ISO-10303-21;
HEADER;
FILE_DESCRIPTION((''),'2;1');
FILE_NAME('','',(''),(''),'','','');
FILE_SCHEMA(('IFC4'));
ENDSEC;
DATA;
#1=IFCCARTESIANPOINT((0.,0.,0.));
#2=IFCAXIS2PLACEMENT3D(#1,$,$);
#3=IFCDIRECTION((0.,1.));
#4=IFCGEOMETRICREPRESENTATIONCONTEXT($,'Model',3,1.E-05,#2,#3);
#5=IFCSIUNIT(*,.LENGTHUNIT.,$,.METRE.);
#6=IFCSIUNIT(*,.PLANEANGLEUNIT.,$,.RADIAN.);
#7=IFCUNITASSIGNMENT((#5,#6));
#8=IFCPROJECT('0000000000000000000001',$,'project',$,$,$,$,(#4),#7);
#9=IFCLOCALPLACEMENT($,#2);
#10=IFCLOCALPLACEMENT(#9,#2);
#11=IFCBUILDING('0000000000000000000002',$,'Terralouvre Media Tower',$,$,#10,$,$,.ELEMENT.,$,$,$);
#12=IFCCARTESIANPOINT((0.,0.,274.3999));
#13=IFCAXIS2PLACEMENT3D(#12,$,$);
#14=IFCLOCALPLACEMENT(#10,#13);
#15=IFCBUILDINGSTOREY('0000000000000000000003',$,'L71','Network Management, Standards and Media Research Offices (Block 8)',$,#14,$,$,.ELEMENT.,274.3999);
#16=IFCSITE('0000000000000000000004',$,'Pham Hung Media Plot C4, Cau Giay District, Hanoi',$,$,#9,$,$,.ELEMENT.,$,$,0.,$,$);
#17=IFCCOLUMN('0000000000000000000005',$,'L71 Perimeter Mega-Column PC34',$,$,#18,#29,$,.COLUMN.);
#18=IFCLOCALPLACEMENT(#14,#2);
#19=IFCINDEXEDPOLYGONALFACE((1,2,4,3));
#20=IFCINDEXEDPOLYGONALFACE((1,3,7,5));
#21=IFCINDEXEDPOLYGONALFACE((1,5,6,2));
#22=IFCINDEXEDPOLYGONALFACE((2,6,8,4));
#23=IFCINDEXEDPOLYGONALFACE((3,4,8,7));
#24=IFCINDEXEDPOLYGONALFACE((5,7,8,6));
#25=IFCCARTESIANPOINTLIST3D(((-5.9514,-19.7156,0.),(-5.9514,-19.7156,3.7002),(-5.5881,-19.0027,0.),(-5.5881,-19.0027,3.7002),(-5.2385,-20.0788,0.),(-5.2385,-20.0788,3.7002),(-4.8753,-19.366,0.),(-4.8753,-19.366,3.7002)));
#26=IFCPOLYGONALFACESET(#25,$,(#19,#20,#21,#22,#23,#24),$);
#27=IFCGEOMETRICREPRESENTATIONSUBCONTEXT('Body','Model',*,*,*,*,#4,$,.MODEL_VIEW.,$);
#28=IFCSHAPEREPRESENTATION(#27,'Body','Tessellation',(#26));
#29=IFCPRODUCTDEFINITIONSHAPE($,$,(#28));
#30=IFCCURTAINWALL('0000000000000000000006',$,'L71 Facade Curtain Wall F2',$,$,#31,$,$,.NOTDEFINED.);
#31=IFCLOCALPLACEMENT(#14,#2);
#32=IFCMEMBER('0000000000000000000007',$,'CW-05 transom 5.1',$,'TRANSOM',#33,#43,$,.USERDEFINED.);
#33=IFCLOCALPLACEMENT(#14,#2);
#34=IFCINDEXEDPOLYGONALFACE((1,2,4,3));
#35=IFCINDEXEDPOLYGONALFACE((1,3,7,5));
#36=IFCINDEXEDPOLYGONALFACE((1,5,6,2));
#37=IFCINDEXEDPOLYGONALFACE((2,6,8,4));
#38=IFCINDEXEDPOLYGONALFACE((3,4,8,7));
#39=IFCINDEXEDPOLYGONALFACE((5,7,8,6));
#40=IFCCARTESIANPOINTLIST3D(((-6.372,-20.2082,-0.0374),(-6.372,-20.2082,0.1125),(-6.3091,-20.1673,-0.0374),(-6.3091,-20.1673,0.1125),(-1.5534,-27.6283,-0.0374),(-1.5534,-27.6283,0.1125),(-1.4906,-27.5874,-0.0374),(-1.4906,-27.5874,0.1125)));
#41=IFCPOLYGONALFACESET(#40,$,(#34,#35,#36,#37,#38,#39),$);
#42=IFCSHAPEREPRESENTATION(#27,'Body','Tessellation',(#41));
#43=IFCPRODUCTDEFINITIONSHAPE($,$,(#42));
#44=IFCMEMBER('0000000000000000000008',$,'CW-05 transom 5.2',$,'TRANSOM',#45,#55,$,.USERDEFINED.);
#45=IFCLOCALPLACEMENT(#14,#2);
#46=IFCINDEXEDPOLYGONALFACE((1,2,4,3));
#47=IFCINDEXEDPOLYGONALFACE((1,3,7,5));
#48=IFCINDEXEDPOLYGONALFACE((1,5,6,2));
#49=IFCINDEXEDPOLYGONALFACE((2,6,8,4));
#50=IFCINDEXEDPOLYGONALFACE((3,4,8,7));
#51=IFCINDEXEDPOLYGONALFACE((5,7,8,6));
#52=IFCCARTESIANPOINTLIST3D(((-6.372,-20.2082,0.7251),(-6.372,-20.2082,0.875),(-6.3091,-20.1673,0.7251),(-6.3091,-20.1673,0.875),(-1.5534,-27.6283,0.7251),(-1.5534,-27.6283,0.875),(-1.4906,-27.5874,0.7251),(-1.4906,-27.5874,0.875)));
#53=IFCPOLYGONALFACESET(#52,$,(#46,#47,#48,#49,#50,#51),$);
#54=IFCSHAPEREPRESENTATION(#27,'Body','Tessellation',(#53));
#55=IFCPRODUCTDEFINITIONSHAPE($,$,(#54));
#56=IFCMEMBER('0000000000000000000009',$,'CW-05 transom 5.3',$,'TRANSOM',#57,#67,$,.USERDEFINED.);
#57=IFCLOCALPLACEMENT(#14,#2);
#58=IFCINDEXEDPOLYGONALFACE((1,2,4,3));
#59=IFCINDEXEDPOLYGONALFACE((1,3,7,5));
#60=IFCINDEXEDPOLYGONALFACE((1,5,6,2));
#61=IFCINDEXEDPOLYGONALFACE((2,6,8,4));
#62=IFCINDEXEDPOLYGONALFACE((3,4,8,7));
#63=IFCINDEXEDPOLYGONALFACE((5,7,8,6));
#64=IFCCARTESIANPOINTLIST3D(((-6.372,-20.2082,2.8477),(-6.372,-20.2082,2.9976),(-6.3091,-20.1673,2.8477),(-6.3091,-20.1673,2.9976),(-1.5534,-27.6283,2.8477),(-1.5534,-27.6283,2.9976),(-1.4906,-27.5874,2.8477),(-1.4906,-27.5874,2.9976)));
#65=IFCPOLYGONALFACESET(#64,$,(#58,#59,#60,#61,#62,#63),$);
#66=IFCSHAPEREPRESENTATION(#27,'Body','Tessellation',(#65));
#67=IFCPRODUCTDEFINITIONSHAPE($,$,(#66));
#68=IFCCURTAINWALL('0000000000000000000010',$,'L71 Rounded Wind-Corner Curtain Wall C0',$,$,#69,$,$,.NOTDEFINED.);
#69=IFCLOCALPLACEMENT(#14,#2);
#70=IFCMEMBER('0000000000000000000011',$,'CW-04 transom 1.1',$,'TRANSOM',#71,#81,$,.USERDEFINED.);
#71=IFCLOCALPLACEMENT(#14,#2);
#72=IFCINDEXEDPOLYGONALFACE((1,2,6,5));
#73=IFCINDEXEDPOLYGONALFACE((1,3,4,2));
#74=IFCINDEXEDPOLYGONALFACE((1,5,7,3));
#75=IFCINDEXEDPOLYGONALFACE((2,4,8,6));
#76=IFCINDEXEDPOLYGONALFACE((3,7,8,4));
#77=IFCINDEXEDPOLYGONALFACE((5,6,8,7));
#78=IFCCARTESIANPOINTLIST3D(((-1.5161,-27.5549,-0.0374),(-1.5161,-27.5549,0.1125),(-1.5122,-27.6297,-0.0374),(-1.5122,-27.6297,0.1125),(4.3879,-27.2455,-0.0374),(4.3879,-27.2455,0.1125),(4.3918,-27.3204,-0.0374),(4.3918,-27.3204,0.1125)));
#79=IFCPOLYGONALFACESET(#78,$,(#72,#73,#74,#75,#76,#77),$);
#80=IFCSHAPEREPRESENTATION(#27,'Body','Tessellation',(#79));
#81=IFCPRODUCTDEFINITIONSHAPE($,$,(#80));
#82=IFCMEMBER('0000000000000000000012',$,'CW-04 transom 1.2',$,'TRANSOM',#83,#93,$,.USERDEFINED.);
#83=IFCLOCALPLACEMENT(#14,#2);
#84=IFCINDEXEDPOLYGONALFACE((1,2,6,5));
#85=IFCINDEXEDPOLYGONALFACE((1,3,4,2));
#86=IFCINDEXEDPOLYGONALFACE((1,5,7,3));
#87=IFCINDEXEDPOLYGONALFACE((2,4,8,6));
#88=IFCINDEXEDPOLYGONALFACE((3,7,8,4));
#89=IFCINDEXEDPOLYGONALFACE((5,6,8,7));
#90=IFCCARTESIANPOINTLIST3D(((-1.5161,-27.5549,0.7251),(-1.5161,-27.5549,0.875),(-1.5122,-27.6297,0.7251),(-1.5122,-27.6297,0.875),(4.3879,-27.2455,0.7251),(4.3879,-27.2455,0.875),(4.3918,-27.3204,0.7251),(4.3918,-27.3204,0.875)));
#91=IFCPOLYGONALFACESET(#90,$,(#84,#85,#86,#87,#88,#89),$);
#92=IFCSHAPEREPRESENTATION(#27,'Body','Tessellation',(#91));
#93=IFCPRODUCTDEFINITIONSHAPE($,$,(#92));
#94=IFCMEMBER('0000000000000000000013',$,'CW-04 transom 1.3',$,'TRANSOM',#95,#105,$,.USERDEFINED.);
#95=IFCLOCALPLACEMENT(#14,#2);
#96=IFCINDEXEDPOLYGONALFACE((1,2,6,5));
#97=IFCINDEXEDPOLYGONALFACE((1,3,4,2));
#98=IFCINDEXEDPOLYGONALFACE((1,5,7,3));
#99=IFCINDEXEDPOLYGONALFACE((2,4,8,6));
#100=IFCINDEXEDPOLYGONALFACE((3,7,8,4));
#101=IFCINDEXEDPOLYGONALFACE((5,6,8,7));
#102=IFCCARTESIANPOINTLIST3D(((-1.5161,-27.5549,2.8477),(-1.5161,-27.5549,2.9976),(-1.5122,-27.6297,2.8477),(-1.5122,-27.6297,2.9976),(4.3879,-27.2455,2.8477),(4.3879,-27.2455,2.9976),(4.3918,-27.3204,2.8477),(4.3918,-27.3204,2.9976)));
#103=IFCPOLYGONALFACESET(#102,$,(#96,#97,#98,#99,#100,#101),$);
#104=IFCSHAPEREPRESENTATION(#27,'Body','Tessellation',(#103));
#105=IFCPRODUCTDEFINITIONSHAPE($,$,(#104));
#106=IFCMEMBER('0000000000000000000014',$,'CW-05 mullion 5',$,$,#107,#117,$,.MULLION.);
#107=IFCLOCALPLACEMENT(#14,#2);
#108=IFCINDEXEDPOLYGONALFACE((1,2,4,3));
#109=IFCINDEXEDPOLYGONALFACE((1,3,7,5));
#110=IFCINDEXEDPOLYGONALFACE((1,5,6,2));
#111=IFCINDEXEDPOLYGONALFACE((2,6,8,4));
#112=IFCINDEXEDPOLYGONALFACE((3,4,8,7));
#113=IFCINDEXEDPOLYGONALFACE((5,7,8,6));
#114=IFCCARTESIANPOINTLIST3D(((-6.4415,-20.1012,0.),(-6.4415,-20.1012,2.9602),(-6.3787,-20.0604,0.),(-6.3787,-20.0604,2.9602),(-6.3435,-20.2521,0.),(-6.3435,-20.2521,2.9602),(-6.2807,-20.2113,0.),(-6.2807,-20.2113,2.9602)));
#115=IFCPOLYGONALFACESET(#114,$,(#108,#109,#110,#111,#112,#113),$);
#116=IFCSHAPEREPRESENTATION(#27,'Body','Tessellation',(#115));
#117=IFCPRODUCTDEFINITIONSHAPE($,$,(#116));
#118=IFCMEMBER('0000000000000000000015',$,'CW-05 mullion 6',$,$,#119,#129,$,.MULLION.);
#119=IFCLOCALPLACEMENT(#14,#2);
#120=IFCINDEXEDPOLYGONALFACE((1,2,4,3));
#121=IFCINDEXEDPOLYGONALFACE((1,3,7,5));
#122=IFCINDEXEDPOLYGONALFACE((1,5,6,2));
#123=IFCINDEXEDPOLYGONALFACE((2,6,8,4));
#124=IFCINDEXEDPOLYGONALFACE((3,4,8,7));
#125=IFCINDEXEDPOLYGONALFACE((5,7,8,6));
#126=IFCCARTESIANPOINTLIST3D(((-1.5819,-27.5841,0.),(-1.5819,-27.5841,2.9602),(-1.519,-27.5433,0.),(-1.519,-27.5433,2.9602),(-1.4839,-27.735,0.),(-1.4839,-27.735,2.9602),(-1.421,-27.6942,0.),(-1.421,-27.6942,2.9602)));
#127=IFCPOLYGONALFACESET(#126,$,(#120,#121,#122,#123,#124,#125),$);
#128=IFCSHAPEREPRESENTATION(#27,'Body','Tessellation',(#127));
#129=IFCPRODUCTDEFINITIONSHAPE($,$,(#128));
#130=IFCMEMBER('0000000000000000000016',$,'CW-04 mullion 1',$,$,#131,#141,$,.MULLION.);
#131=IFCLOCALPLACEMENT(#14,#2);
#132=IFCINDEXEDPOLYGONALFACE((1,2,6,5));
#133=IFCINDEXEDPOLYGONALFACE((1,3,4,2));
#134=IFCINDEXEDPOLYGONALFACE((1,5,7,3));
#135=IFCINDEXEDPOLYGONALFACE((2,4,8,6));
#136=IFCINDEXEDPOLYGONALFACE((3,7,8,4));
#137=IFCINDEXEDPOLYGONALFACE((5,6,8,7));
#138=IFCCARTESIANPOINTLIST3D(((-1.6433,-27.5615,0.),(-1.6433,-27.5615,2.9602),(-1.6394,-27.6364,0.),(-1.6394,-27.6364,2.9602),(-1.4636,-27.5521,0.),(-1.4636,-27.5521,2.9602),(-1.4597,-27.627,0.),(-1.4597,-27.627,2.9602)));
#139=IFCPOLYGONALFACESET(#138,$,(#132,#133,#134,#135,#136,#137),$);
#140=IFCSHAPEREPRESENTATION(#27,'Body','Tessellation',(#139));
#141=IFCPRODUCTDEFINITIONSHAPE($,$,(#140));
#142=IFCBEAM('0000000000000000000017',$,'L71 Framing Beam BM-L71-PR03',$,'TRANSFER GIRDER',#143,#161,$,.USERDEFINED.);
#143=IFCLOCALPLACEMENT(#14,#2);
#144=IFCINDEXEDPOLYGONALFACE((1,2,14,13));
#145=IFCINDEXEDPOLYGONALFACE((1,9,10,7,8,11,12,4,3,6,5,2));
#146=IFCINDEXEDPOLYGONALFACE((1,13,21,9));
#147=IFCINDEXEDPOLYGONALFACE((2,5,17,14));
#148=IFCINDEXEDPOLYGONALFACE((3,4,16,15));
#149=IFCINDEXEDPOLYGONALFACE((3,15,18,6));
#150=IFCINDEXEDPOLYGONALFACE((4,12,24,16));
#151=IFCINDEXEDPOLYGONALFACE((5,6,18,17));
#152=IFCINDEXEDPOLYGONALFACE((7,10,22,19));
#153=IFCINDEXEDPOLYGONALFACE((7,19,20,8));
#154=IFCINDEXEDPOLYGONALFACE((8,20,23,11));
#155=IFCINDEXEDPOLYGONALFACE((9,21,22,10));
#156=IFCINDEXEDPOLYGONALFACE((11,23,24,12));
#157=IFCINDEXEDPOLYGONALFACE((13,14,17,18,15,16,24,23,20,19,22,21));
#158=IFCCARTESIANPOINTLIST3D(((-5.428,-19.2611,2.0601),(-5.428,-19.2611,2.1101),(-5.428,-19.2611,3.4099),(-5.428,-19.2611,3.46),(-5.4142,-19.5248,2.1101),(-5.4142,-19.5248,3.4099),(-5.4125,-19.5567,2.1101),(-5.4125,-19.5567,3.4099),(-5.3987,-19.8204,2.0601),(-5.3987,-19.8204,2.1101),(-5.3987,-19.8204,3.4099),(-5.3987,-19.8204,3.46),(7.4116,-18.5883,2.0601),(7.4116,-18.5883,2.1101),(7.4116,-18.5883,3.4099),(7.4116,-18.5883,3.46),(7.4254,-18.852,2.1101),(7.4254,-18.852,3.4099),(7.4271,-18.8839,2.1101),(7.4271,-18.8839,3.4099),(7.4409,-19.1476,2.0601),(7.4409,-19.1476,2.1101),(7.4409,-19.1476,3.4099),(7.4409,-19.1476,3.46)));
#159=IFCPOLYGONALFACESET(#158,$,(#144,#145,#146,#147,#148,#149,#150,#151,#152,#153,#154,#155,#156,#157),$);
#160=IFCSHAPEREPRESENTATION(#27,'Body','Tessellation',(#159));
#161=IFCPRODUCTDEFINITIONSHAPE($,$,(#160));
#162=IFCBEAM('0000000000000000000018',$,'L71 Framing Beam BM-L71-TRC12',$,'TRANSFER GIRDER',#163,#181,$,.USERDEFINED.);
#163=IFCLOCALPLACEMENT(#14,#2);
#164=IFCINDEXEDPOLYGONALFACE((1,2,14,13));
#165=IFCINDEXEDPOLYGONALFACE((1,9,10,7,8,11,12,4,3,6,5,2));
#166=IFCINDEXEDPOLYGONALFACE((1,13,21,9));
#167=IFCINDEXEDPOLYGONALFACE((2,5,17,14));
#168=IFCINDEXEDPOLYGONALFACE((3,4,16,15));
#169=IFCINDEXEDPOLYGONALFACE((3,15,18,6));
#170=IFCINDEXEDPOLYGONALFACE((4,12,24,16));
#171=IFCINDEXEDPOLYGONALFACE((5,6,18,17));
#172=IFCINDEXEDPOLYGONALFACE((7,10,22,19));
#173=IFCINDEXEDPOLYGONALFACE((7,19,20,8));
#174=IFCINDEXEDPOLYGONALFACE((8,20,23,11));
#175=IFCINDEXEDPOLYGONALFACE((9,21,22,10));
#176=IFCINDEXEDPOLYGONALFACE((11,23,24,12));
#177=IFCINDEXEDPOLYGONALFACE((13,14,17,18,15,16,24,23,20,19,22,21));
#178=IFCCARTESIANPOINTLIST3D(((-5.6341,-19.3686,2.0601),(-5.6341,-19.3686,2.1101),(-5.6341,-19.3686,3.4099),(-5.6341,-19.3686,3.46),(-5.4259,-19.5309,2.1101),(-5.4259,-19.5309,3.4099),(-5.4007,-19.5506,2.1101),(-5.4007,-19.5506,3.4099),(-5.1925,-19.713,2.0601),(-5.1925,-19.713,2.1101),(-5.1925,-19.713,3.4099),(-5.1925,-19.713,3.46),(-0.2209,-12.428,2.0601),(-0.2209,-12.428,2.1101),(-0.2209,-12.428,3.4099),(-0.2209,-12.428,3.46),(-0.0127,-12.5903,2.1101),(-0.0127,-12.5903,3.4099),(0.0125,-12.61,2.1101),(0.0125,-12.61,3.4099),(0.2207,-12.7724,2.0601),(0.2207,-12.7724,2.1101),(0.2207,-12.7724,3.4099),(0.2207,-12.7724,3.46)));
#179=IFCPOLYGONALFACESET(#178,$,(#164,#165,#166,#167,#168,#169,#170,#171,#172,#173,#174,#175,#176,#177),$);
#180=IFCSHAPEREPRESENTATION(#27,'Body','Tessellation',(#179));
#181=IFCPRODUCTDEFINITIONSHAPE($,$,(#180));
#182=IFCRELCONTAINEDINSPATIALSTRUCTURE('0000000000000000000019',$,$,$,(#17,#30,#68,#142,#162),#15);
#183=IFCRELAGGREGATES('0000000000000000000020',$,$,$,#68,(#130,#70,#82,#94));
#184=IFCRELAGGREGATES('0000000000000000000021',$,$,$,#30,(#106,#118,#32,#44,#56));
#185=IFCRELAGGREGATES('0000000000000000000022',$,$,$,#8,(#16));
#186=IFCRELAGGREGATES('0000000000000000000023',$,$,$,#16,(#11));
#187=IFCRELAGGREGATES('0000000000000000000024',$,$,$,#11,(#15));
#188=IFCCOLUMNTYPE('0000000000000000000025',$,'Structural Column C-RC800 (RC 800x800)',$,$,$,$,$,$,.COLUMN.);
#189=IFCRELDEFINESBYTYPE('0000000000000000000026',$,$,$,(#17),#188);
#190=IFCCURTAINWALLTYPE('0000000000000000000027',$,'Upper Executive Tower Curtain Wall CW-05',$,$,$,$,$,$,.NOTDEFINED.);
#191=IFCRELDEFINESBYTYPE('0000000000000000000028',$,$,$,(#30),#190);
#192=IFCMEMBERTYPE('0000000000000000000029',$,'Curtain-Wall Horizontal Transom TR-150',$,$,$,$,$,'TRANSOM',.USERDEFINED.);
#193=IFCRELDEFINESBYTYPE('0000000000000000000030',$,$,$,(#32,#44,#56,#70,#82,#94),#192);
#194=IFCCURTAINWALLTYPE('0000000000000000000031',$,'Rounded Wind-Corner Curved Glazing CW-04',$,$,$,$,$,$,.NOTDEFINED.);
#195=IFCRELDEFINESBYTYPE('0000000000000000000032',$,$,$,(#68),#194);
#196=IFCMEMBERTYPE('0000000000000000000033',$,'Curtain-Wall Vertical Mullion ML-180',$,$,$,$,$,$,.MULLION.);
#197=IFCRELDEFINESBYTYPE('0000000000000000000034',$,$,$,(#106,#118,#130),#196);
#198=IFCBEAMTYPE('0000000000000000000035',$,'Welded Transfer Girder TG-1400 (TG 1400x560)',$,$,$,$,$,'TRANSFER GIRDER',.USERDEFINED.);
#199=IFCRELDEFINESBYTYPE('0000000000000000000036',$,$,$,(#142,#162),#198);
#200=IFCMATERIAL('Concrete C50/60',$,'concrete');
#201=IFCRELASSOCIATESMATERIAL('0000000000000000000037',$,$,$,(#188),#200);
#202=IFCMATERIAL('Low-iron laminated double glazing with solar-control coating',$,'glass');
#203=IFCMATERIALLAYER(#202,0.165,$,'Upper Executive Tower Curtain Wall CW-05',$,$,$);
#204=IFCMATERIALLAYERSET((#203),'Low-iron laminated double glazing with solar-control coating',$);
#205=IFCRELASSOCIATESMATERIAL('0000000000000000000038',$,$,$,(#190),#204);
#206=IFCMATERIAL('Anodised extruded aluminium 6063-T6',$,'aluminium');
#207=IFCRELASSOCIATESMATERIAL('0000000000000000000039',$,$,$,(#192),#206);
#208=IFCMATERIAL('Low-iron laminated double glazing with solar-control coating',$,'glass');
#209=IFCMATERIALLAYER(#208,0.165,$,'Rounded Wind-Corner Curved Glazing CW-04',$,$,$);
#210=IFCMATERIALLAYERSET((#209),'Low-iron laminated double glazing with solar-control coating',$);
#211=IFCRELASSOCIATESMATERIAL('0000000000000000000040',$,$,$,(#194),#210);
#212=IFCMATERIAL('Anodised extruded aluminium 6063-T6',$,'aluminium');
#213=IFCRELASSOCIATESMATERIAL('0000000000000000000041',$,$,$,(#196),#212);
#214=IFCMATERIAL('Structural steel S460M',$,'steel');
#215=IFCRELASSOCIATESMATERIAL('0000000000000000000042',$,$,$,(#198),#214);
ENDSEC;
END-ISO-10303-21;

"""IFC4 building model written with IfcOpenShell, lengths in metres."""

from ifc_helpers import new_model, si_unit, direction, frame, origin, origin_2d, place, context, subcontext, project, spatial, rectangle, i_section, extrude, material, layer, layer_set, material_profile, profile_set, type_object, element, aggregate, save


model = new_model("IFC4")

# Units and contexts
model_context = context("Model", 3, precision=1e-05, world=origin(), true_north=direction((0.0, 1.0)))
body_context = subcontext(model_context, "Body", "Model", "MODEL_VIEW")
ifc_project = project(units=[si_unit("LENGTHUNIT", "METRE"), si_unit("PLANEANGLEUNIT", "RADIAN")], contexts=[model_context])

# Site, building, storey
site_placement = place(None, origin())
site = spatial("IfcSite", under=ifc_project, at=site_placement, Name="Pham Hung Media Plot C4, Cau Giay District, Hanoi", CompositionType="ELEMENT", RefElevation=0.0)
building_placement = place(site_placement, origin())
building = spatial("IfcBuilding", under=site, at=building_placement, Name="Terralouvre Media Tower", CompositionType="ELEMENT")
storey_placement = place(building_placement, frame((0.0, 0.0, 274.3999)))
storey = spatial("IfcBuildingStorey", under=building, at=storey_placement, Name="L71", Description="Network Management, Standards and Media Research Offices (Block 8)", CompositionType="ELEMENT", Elevation=274.3999)

# Column
ifc_material_1 = material(Name="Concrete C50/60", Category="concrete")
ifc_material_profile_1 = material_profile(ifc_material_1, rectangle(XDim=0.8, YDim=0.8, at=origin_2d()), Name="RC 800x800")
ifc_profile_set_1 = profile_set([ifc_material_profile_1], Name="Concrete C50/60")
column_type = type_object("IfcColumnType", Name="Structural Column C-RC800 (RC 800x800)", PredefinedType="COLUMN", material=ifc_profile_set_1)
column_placement = place(storey_placement, frame((-5.4133, -19.5408, 0.0), z_axis=(0.0, 0.0, 1.0), x_axis=(0.45399, 0.891007, 0.0)))
element("IfcColumn", 1, at=column_placement, inside=storey, type_object=column_type, Name="L71 Perimeter Mega-Column PC34", PredefinedType="COLUMN", context=body_context, shape_type="SweptSolid", body=[
    extrude(rectangle(XDim=0.8, YDim=0.8, at=origin_2d()), origin(), (0.0, 0.0, 1.0), 3.7002),
])

# Curtain walls, members
ifc_material_2 = material(Name="Low-iron laminated double glazing with solar-control coating", Category="glass")
ifc_layer_1 = layer(ifc_material_2, 0.165, Name="Upper Executive Tower Curtain Wall CW-05")
ifc_layer_set_1 = layer_set([ifc_layer_1], Name="Low-iron laminated double glazing with solar-control coating")
curtain_wall_type_1 = type_object("IfcCurtainWallType", Name="Upper Executive Tower Curtain Wall CW-05", PredefinedType="NOTDEFINED", material=ifc_layer_set_1)
curtain_wall_1_placement = place(storey_placement, origin())
curtain_wall_1 = element("IfcCurtainWall", 2, at=curtain_wall_1_placement, inside=storey, type_object=curtain_wall_type_1, Name="L71 Facade Curtain Wall F2", PredefinedType="NOTDEFINED")
ifc_material_3 = material(Name="Anodised extruded aluminium 6063-T6", Category="aluminium")
ifc_material_profile_2 = material_profile(ifc_material_3, rectangle(XDim=0.075, YDim=0.1499, at=origin_2d()), Name="ALU 75x150")
ifc_profile_set_2 = profile_set([ifc_material_profile_2], Name="Anodised extruded aluminium 6063-T6")
member_type_1 = type_object("IfcMemberType", Name="Curtain-Wall Horizontal Transom TR-150", ElementType="TRANSOM", PredefinedType="USERDEFINED", material=ifc_profile_set_2)
member_1_placement = place(storey_placement, frame((-6.3406, -20.1877, 0.0376), z_axis=(0.54463, -0.838676, 0.0), x_axis=(0.838676, 0.54463, 0.0)))
member_1 = element("IfcMember", 3, at=member_1_placement, type_object=member_type_1, Name="CW-05 transom 5.1", ObjectType="TRANSOM", PredefinedType="USERDEFINED", context=body_context, shape_type="SweptSolid", body=[
    extrude(rectangle(XDim=0.075, YDim=0.1499, at=origin_2d()), origin(), (0.0, 0.0, 1.0), 8.8474),
])
member_2_placement = place(storey_placement, frame((-6.3406, -20.1877, 0.8), z_axis=(0.54463, -0.838676, 0.0), x_axis=(0.838676, 0.54463, 0.0)))
member_2 = element("IfcMember", 4, at=member_2_placement, type_object=member_type_1, Name="CW-05 transom 5.2", ObjectType="TRANSOM", PredefinedType="USERDEFINED", context=body_context, shape_type="SweptSolid", body=[
    extrude(rectangle(XDim=0.075, YDim=0.1499, at=origin_2d()), origin(), (0.0, 0.0, 1.0), 8.8474),
])
member_3_placement = place(storey_placement, frame((-6.3406, -20.1877, 2.9226), z_axis=(0.54463, -0.838676, 0.0), x_axis=(0.838676, 0.54463, 0.0)))
member_3 = element("IfcMember", 5, at=member_3_placement, type_object=member_type_1, Name="CW-05 transom 5.3", ObjectType="TRANSOM", PredefinedType="USERDEFINED", context=body_context, shape_type="SweptSolid", body=[
    extrude(rectangle(XDim=0.075, YDim=0.1499, at=origin_2d()), origin(), (0.0, 0.0, 1.0), 8.8474),
])
ifc_material_4 = material(Name="Low-iron laminated double glazing with solar-control coating", Category="glass")
ifc_layer_2 = layer(ifc_material_4, 0.165, Name="Rounded Wind-Corner Curved Glazing CW-04")
ifc_layer_set_2 = layer_set([ifc_layer_2], Name="Low-iron laminated double glazing with solar-control coating")
curtain_wall_type_2 = type_object("IfcCurtainWallType", Name="Rounded Wind-Corner Curved Glazing CW-04", PredefinedType="NOTDEFINED", material=ifc_layer_set_2)
curtain_wall_2_placement = place(storey_placement, origin())
curtain_wall_2 = element("IfcCurtainWall", 6, at=curtain_wall_2_placement, inside=storey, type_object=curtain_wall_type_2, Name="L71 Rounded Wind-Corner Curtain Wall C0", PredefinedType="NOTDEFINED")
member_4_placement = place(storey_placement, frame((-1.5142, -27.5923, 0.0376), z_axis=(0.99863, 0.05232, 0.0), x_axis=(-0.05232, 0.99863, 0.0)))
member_4 = element("IfcMember", 7, at=member_4_placement, type_object=member_type_1, Name="CW-04 transom 1.1", ObjectType="TRANSOM", PredefinedType="USERDEFINED", context=body_context, shape_type="SweptSolid", body=[
    extrude(rectangle(XDim=0.075, YDim=0.1499, at=origin_2d()), origin(), (0.0, 0.0, 1.0), 5.9121),
])
member_5_placement = place(storey_placement, frame((-1.5142, -27.5923, 0.8), z_axis=(0.99863, 0.05232, 0.0), x_axis=(-0.05232, 0.99863, 0.0)))
member_5 = element("IfcMember", 8, at=member_5_placement, type_object=member_type_1, Name="CW-04 transom 1.2", ObjectType="TRANSOM", PredefinedType="USERDEFINED", context=body_context, shape_type="SweptSolid", body=[
    extrude(rectangle(XDim=0.075, YDim=0.1499, at=origin_2d()), origin(), (0.0, 0.0, 1.0), 5.9121),
])
member_6_placement = place(storey_placement, frame((-1.5142, -27.5923, 2.9226), z_axis=(0.99863, 0.05232, 0.0), x_axis=(-0.05232, 0.99863, 0.0)))
member_6 = element("IfcMember", 9, at=member_6_placement, type_object=member_type_1, Name="CW-04 transom 1.3", ObjectType="TRANSOM", PredefinedType="USERDEFINED", context=body_context, shape_type="SweptSolid", body=[
    extrude(rectangle(XDim=0.075, YDim=0.1499, at=origin_2d()), origin(), (0.0, 0.0, 1.0), 5.9121),
])

# Members
ifc_material_5 = material(Name="Anodised extruded aluminium 6063-T6", Category="aluminium")
ifc_material_profile_3 = material_profile(ifc_material_5, rectangle(XDim=0.075, YDim=0.1799, at=origin_2d()), Name="ALU 75x180")
ifc_profile_set_3 = profile_set([ifc_material_profile_3], Name="Anodised extruded aluminium 6063-T6")
member_type_2 = type_object("IfcMemberType", Name="Curtain-Wall Vertical Mullion ML-180", PredefinedType="MULLION", material=ifc_profile_set_3)
member_7_placement = place(storey_placement, frame((-6.3611, -20.1562, 0.0), z_axis=(0.0, 0.0, 1.0), x_axis=(0.838671, 0.544639, 0.0)))
member_7 = element("IfcMember", 10, at=member_7_placement, type_object=member_type_2, Name="CW-05 mullion 5", PredefinedType="MULLION", context=body_context, shape_type="SweptSolid", body=[
    extrude(rectangle(XDim=0.075, YDim=0.1799, at=origin_2d()), origin(), (0.0, 0.0, 1.0), 2.9602),
])
member_8_placement = place(storey_placement, frame((-1.5015, -27.6392, 0.0), z_axis=(0.0, 0.0, 1.0), x_axis=(0.838671, 0.544639, 0.0)))
member_8 = element("IfcMember", 11, at=member_8_placement, type_object=member_type_2, Name="CW-05 mullion 6", PredefinedType="MULLION", context=body_context, shape_type="SweptSolid", body=[
    extrude(rectangle(XDim=0.075, YDim=0.1799, at=origin_2d()), origin(), (0.0, 0.0, 1.0), 2.9602),
])
member_9_placement = place(storey_placement, frame((-1.5515, -27.5942, 0.0), z_axis=(0.0, 0.0, 1.0), x_axis=(-0.052336, 0.99863, 0.0)))
member_9 = element("IfcMember", 12, at=member_9_placement, type_object=member_type_2, Name="CW-04 mullion 1", PredefinedType="MULLION", context=body_context, shape_type="SweptSolid", body=[
    extrude(rectangle(XDim=0.075, YDim=0.1799, at=origin_2d()), origin(), (0.0, 0.0, 1.0), 2.9602),
])
aggregate(curtain_wall_2, [member_9, member_4, member_5, member_6])

# Beams
ifc_material_6 = material(Name="Structural steel S460M", Category="steel")
ifc_material_profile_4 = material_profile(ifc_material_6, i_section(OverallWidth=0.5601, OverallDepth=1.3999, WebThickness=0.032, FlangeThickness=0.05, at=origin_2d()), Name="TG 1400x560")
ifc_profile_set_4 = profile_set([ifc_material_profile_4], Name="Structural steel S460M")
beam_type = type_object("IfcBeamType", Name="Welded Transfer Girder TG-1400 (TG 1400x560)", ElementType="TRANSFER GIRDER", PredefinedType="USERDEFINED", material=ifc_profile_set_4)
beam_1_placement = place(storey_placement, frame((-5.4133, -19.5408, 2.76), z_axis=(0.99863, 0.052333, 0.0), x_axis=(-0.052333, 0.99863, 0.0)))
element("IfcBeam", 13, at=beam_1_placement, inside=storey, type_object=beam_type, Name="L71 Framing Beam BM-L71-PR03", ObjectType="TRANSFER GIRDER", PredefinedType="USERDEFINED", context=body_context, shape_type="SweptSolid", body=[
    extrude(i_section(OverallWidth=0.5601, OverallDepth=1.3999, WebThickness=0.032, FlangeThickness=0.05, at=origin_2d()), origin(), (0.0, 0.0, 1.0), 12.8572),
])
beam_2_placement = place(storey_placement, frame((-5.4133, -19.5408, 2.76), z_axis=(0.615004, 0.788524, 0.0), x_axis=(-0.788524, 0.615004, 0.0)))
element("IfcBeam", 14, at=beam_2_placement, inside=storey, type_object=beam_type, Name="L71 Framing Beam BM-L71-TRC12", ObjectType="TRANSFER GIRDER", PredefinedType="USERDEFINED", context=body_context, shape_type="SweptSolid", body=[
    extrude(i_section(OverallWidth=0.5601, OverallDepth=1.3999, WebThickness=0.032, FlangeThickness=0.05, at=origin_2d()), origin(), (0.0, 0.0, 1.0), 8.802),
])

aggregate(curtain_wall_1, [member_7, member_8, member_1, member_2, member_3])

save(model, "model.ifc")
